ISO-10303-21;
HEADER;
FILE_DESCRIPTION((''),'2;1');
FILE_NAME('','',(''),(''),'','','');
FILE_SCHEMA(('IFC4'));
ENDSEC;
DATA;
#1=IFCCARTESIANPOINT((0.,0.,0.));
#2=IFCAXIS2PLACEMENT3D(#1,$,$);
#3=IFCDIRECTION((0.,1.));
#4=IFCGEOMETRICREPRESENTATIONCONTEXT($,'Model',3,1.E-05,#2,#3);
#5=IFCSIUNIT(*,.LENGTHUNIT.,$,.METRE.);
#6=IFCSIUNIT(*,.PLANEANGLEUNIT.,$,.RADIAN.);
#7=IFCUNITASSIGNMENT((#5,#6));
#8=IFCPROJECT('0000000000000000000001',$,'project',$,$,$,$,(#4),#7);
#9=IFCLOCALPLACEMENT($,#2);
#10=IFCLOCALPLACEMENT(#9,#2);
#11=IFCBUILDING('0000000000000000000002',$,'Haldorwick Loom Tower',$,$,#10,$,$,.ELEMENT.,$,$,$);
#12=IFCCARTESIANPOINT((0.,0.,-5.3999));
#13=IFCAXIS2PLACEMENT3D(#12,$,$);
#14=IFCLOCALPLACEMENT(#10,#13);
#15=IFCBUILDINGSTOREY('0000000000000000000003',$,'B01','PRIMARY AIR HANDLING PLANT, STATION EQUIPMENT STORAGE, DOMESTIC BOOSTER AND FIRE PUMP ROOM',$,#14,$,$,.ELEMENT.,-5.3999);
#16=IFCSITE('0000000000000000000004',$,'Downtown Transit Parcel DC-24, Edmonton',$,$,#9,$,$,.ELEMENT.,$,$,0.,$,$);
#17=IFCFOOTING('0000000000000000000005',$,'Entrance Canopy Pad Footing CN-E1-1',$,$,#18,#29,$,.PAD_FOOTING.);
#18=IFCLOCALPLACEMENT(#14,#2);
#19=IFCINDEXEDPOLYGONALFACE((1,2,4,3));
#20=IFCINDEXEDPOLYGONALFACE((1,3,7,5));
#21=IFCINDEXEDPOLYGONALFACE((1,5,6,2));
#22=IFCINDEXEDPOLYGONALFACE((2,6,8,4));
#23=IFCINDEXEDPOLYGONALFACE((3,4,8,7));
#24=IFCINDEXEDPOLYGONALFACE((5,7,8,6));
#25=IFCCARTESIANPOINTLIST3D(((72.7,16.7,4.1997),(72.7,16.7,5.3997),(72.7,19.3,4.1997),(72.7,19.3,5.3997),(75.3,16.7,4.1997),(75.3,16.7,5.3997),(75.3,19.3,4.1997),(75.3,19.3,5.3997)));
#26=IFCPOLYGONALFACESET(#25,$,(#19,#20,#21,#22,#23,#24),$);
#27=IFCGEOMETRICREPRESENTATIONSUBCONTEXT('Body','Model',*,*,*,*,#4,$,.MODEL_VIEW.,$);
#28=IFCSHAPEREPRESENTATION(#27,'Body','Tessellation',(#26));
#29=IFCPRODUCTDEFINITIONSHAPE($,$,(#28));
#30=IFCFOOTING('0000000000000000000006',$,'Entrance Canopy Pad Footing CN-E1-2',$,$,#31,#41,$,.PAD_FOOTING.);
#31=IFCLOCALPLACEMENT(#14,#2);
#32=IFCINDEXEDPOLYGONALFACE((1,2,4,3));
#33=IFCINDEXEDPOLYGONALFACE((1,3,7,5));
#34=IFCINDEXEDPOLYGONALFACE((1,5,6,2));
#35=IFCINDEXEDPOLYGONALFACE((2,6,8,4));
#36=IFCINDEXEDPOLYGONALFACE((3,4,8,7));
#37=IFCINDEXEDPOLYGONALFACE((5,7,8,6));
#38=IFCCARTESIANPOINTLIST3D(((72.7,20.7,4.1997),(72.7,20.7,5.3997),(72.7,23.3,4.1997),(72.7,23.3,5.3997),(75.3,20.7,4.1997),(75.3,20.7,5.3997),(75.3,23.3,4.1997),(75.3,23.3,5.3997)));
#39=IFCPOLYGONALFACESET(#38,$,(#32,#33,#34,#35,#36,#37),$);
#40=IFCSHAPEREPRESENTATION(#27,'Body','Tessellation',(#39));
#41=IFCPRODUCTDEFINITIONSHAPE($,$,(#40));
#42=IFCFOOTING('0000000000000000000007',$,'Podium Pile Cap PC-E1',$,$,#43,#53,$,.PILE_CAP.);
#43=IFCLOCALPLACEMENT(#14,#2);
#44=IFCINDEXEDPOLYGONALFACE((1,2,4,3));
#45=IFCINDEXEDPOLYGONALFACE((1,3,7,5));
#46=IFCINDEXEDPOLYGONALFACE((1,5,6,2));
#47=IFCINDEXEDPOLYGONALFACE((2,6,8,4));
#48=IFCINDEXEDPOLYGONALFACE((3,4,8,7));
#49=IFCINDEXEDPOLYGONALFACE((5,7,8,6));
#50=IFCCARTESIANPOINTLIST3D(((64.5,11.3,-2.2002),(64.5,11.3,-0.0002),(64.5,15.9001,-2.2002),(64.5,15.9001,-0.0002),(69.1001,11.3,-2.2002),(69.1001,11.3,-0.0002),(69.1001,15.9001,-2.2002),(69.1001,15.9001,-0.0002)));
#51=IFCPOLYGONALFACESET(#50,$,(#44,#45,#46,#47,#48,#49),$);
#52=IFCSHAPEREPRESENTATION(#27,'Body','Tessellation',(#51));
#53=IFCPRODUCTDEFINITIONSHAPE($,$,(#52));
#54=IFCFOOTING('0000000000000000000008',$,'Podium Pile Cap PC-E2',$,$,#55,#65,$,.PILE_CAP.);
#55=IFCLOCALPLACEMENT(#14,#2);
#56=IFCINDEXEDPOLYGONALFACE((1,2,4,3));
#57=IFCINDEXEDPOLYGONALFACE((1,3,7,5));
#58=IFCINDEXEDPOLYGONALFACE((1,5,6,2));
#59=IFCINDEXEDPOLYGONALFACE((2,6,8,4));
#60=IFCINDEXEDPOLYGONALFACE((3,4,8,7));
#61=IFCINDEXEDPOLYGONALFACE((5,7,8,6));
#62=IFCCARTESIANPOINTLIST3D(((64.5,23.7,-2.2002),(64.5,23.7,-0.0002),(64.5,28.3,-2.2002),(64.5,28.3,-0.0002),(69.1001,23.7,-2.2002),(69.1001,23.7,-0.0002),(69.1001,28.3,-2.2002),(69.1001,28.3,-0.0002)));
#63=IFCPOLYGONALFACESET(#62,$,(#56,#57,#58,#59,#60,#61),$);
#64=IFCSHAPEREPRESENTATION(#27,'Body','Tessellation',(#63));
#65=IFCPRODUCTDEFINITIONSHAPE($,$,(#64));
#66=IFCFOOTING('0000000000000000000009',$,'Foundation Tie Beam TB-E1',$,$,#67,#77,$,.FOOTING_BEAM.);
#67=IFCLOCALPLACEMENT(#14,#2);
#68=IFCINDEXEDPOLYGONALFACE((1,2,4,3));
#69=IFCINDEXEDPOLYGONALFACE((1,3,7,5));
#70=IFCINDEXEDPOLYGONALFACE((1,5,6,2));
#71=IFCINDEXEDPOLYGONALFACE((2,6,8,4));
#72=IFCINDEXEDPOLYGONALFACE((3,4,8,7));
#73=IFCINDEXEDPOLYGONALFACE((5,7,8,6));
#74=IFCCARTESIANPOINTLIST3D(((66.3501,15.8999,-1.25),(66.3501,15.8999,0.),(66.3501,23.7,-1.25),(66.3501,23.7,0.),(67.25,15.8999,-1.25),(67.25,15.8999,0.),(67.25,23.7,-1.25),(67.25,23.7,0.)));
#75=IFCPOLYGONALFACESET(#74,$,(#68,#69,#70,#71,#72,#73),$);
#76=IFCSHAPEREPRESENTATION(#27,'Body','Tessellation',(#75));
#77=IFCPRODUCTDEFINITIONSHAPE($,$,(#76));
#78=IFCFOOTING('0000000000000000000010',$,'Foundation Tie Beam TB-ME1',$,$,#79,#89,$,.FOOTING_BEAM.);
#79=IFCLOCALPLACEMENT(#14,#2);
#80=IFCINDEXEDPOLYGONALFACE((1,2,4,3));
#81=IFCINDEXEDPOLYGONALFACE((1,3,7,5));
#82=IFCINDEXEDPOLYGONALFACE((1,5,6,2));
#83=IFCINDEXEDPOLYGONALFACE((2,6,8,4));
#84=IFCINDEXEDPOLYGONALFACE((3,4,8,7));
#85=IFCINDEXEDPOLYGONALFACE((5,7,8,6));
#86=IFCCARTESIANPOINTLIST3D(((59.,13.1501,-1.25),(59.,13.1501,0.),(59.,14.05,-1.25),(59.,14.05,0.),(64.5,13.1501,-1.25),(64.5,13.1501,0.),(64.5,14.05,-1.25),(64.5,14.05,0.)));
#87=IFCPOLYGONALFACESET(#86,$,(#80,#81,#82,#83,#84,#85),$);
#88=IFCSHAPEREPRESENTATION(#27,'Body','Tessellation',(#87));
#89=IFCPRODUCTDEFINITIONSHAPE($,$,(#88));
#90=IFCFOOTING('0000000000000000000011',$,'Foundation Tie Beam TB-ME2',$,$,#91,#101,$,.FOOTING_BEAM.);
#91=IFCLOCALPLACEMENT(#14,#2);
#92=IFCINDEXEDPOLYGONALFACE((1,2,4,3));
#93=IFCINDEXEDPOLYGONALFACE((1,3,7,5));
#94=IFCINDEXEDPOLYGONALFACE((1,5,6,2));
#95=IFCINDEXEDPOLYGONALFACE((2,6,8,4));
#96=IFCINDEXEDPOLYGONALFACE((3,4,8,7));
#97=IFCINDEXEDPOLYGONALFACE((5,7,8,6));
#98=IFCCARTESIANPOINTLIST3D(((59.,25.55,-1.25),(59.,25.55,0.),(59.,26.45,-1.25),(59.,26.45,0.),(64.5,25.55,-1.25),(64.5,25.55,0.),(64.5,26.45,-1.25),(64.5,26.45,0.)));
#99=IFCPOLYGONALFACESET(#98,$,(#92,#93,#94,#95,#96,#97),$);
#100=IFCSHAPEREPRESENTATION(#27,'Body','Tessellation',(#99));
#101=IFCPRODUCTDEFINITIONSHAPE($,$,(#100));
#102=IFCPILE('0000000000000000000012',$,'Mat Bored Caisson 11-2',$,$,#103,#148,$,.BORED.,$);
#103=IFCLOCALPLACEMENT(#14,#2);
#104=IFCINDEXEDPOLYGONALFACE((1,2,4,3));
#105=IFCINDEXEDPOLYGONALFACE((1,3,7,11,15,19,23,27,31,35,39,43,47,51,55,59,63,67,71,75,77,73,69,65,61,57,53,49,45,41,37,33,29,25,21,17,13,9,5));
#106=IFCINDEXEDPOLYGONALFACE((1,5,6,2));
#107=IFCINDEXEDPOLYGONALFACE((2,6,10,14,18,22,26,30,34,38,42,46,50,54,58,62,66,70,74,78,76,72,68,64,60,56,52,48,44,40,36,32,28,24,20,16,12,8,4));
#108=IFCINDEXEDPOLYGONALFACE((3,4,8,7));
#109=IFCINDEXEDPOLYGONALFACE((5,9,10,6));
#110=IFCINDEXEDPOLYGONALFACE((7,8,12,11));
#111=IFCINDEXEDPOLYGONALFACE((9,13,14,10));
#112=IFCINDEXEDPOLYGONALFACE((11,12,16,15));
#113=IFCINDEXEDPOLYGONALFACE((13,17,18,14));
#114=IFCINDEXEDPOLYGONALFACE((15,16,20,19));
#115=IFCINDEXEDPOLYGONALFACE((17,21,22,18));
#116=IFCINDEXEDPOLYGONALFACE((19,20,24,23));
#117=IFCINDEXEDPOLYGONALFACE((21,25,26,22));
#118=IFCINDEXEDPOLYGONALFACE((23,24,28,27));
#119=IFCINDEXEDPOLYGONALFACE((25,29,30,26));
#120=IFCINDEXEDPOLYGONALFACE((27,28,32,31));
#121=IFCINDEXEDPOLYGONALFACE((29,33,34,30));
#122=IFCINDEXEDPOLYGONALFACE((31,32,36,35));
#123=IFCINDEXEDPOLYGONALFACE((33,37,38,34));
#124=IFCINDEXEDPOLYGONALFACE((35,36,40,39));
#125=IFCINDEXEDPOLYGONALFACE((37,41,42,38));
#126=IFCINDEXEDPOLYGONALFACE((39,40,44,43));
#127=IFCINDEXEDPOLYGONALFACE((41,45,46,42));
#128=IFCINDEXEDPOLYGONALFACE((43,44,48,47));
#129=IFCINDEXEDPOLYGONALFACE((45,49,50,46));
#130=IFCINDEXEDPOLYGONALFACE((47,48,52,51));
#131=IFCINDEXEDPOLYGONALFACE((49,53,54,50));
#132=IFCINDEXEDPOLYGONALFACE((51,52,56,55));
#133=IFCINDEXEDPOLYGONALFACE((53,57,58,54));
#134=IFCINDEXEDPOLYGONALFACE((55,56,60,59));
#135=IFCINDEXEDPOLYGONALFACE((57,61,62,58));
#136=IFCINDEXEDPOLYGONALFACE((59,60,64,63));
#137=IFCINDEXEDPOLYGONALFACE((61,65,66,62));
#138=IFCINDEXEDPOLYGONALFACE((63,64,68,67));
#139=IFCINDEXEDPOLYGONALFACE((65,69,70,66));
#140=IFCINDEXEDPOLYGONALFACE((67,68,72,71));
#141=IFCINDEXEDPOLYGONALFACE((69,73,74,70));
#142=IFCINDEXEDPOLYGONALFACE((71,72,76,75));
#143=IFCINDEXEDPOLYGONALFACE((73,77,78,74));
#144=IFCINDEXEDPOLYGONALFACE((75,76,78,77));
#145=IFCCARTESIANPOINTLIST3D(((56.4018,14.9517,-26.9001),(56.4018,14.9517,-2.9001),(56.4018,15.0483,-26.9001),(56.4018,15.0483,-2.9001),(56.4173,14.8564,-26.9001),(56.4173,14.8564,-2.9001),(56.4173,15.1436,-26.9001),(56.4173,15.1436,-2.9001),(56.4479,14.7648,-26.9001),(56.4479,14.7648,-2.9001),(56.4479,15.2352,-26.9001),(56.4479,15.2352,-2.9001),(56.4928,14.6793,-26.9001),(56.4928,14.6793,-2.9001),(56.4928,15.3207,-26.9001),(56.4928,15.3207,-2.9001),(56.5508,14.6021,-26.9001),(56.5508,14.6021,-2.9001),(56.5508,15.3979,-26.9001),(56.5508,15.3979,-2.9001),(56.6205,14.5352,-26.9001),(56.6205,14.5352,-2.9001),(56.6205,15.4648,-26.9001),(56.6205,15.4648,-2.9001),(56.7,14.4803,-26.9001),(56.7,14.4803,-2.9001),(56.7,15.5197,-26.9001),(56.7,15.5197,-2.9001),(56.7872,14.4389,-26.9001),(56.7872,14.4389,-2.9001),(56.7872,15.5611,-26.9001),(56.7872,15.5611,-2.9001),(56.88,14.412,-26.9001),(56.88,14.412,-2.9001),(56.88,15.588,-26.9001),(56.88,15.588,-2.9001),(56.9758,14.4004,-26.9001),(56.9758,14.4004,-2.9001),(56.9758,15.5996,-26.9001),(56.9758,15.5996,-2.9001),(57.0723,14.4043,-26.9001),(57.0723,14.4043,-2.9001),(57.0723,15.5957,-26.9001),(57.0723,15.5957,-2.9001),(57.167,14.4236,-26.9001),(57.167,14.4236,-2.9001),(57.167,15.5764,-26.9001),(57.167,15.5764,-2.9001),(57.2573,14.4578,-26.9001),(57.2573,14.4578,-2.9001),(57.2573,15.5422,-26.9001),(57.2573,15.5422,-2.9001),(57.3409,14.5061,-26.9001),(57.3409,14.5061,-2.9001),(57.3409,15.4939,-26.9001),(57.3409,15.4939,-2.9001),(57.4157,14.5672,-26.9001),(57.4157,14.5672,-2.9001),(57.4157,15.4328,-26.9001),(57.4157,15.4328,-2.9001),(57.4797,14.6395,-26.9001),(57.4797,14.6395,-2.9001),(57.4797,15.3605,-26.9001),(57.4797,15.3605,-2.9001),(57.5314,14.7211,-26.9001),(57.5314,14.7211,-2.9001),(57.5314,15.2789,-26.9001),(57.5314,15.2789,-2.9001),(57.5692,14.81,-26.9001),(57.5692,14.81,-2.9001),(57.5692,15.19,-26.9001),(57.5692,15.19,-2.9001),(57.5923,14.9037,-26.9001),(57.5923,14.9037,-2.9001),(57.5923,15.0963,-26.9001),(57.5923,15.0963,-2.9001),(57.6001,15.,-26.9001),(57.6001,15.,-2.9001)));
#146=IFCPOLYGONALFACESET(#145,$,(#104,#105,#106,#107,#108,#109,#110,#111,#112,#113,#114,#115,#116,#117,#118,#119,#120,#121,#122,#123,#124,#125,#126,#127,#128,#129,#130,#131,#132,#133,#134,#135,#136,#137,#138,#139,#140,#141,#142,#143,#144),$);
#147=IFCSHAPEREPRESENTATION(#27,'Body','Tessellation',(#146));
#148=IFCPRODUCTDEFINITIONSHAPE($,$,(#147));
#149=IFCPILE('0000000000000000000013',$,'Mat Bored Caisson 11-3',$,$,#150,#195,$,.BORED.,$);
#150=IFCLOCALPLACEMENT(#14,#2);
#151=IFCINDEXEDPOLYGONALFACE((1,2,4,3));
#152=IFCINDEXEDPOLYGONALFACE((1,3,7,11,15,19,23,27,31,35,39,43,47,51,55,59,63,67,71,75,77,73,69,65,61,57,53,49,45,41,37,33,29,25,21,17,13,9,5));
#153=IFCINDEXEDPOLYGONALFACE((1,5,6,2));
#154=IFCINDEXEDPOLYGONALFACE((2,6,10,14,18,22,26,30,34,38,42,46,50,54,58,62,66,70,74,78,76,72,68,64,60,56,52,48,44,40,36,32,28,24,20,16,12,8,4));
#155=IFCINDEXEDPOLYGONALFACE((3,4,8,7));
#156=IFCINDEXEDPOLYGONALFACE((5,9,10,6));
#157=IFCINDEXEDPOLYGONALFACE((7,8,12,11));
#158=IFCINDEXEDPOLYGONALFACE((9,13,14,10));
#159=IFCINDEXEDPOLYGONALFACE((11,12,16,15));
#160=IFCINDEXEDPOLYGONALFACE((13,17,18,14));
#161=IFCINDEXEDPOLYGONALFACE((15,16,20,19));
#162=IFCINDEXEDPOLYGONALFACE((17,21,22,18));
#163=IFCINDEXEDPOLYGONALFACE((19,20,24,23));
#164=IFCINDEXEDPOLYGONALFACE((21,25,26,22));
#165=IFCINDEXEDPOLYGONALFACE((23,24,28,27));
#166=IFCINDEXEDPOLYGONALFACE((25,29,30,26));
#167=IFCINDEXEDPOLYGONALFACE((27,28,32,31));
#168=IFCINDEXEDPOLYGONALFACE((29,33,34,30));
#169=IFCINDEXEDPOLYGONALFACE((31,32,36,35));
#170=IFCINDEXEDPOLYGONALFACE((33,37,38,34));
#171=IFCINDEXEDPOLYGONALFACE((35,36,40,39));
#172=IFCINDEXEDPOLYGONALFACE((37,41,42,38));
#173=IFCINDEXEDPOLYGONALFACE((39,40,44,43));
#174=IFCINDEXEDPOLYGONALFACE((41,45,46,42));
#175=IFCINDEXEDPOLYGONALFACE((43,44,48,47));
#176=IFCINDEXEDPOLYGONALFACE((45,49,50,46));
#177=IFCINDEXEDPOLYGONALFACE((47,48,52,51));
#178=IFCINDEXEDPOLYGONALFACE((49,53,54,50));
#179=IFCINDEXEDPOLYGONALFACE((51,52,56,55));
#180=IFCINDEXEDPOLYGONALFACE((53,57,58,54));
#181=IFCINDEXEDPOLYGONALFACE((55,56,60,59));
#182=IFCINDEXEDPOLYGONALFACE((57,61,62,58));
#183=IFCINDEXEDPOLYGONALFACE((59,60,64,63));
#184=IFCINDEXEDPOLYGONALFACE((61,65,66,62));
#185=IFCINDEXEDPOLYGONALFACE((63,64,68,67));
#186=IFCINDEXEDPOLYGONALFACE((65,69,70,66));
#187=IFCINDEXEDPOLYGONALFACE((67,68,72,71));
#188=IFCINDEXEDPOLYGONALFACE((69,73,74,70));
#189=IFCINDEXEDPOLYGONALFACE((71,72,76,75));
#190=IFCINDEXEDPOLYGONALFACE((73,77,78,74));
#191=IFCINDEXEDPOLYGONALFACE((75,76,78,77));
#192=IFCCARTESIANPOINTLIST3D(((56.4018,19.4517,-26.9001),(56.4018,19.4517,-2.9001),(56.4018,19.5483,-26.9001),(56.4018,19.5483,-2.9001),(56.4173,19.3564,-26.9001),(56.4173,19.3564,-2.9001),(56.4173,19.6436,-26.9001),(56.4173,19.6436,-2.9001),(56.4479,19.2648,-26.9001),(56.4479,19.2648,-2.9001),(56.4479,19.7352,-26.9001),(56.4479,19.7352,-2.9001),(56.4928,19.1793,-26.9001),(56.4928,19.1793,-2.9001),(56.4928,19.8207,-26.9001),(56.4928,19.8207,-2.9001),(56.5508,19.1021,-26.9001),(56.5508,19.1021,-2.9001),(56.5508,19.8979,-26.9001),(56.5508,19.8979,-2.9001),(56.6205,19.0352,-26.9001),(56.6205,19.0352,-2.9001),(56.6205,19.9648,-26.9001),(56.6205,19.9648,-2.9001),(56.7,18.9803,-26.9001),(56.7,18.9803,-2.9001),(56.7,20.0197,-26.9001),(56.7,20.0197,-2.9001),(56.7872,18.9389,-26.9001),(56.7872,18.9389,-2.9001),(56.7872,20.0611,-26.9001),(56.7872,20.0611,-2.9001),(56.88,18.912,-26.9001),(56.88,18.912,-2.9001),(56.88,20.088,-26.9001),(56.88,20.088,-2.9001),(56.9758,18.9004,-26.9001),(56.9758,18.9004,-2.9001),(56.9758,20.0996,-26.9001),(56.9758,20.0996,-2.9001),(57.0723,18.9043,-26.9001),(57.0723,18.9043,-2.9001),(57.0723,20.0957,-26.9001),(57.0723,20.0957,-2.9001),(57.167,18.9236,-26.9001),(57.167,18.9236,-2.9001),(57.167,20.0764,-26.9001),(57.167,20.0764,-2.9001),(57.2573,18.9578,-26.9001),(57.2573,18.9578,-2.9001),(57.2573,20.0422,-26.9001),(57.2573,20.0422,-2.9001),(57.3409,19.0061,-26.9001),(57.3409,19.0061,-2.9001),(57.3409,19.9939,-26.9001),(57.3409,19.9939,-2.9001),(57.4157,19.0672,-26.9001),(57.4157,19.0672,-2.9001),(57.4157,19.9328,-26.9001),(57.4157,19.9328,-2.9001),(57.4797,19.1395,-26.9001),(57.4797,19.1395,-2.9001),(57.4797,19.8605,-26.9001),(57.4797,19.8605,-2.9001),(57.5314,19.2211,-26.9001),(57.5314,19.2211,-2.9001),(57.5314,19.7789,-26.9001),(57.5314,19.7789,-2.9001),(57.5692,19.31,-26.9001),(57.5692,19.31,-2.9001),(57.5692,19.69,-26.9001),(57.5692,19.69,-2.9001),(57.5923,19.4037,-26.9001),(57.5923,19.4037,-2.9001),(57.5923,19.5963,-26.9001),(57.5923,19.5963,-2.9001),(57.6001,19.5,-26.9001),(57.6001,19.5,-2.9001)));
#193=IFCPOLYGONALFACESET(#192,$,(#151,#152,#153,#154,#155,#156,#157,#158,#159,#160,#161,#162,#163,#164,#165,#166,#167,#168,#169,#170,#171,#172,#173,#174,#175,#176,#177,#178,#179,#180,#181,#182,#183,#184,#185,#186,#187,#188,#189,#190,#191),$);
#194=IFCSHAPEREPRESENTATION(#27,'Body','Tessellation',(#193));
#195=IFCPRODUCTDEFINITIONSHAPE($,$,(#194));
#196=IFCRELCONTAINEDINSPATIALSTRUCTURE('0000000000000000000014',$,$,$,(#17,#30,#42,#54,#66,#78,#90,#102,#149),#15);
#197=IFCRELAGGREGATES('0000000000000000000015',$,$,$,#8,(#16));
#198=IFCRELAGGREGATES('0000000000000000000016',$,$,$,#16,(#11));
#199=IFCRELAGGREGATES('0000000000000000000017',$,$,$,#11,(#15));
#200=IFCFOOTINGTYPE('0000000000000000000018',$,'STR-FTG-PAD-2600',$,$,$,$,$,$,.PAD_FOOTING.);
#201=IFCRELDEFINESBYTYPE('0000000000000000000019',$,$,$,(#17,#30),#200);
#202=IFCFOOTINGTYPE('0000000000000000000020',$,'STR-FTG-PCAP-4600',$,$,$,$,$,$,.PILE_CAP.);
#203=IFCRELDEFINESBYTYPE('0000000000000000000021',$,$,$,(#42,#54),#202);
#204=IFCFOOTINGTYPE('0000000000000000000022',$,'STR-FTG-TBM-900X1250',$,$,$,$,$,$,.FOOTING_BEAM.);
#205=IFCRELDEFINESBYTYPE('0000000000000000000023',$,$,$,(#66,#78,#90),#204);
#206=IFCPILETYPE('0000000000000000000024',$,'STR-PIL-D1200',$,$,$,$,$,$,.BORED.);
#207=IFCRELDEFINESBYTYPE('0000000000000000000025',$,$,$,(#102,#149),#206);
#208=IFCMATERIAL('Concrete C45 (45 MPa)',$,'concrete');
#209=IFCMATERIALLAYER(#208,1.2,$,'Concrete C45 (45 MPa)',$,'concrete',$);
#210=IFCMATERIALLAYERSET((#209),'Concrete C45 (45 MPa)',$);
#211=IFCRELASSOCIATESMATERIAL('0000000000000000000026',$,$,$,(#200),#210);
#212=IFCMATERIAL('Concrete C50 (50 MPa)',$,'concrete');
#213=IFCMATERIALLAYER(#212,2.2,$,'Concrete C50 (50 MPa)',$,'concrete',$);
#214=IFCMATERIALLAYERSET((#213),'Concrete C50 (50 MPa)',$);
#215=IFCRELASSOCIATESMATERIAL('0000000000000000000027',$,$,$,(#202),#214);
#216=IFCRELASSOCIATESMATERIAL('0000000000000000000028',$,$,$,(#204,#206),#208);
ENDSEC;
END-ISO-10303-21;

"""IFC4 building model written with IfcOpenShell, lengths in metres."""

from ifc_helpers import new_model, si_unit, direction, frame, origin, origin_2d, place, context, subcontext, project, spatial, rectangle, circle, extrude, material, layer, layer_set, material_profile, profile_set, type_object, element, save


model = new_model("IFC4")

# Units and contexts
model_context = context("Model", 3, precision=1e-05, world=origin(), true_north=direction((0.0, 1.0)))
body_context = subcontext(model_context, "Body", "Model", "MODEL_VIEW")
ifc_project = project(units=[si_unit("LENGTHUNIT", "METRE"), si_unit("PLANEANGLEUNIT", "RADIAN")], contexts=[model_context])

# Site, building, storey
site_placement = place(None, origin())
site = spatial("IfcSite", under=ifc_project, at=site_placement, Name="Downtown Transit Parcel DC-24, Edmonton", CompositionType="ELEMENT", RefElevation=0.0)
building_placement = place(site_placement, origin())
building = spatial("IfcBuilding", under=site, at=building_placement, Name="Haldorwick Loom Tower", CompositionType="ELEMENT")
storey_placement = place(building_placement, frame((0.0, 0.0, -5.3999)))
storey = spatial("IfcBuildingStorey", under=building, at=storey_placement, Name="B01", Description="PRIMARY AIR HANDLING PLANT, STATION EQUIPMENT STORAGE, DOMESTIC BOOSTER AND FIRE PUMP ROOM", CompositionType="ELEMENT", Elevation=-5.3999)

# Footings
ifc_material_1 = material(Name="Concrete C45 (45 MPa)", Category="concrete")
ifc_layer_1 = layer(ifc_material_1, 1.2, Name="Concrete C45 (45 MPa)", Category="concrete")
ifc_layer_set_1 = layer_set([ifc_layer_1], Name="Concrete C45 (45 MPa)")
footing_type_1 = type_object("IfcFootingType", Name="STR-FTG-PAD-2600", PredefinedType="PAD_FOOTING", material=ifc_layer_set_1)
for number, where, z_axis, x_axis, name in (
    (1, (74.0, 18.0, 4.1997), (0.0, 0.0, 1.0), (1.0, 0.0, 0.0), "Entrance Canopy Pad Footing CN-E1-1"),
    (2, (74.0, 22.0, 4.1997), (0.0, 0.0, 1.0), (1.0, 0.0, 0.0), "Entrance Canopy Pad Footing CN-E1-2"),
):
    element("IfcFooting", number, at=place(storey_placement, frame(where, z_axis=z_axis, x_axis=x_axis)), inside=storey, type_object=footing_type_1, Name=name, PredefinedType="PAD_FOOTING", context=body_context, shape_type="SweptSolid", body=[
        extrude(rectangle(XDim=2.6001, YDim=2.6001, at=origin_2d()), origin(), (0.0, 0.0, 1.0), 1.2),
    ])
ifc_material_2 = material(Name="Concrete C50 (50 MPa)", Category="concrete")
ifc_layer_2 = layer(ifc_material_2, 2.2, Name="Concrete C50 (50 MPa)", Category="concrete")
ifc_layer_set_2 = layer_set([ifc_layer_2], Name="Concrete C50 (50 MPa)")
footing_type_2 = type_object("IfcFootingType", Name="STR-FTG-PCAP-4600", PredefinedType="PILE_CAP", material=ifc_layer_set_2)
for number, where, z_axis, x_axis, name in (
    (3, (66.8, 13.6001, -2.2002), (0.0, 0.0, 1.0), (1.0, 0.0, 0.0), "Podium Pile Cap PC-E1"),
    (4, (66.8, 26.0, -2.2002), (0.0, 0.0, 1.0), (1.0, 0.0, 0.0), "Podium Pile Cap PC-E2"),
):
    element("IfcFooting", number, at=place(storey_placement, frame(where, z_axis=z_axis, x_axis=x_axis)), inside=storey, type_object=footing_type_2, Name=name, PredefinedType="PILE_CAP", context=body_context, shape_type="SweptSolid", body=[
        extrude(rectangle(XDim=4.6001, YDim=4.6001, at=origin_2d()), origin(), (0.0, 0.0, 1.0), 2.2),
    ])
ifc_material_profile_1 = material_profile(ifc_material_1, rectangle(XDim=0.8999, YDim=1.25, at=origin_2d()), Name="RC900X1250", Category="concrete")
ifc_profile_set_1 = profile_set([ifc_material_profile_1], Name="Concrete C45 (45 MPa)")
footing_type_3 = type_object("IfcFootingType", Name="STR-FTG-TBM-900X1250", PredefinedType="FOOTING_BEAM", material=ifc_profile_set_1)
footing_placement = place(storey_placement, frame((66.8, 15.8999, -0.625), z_axis=(0.0, 1.0, 0.0), x_axis=(-1.0, 0.0, 0.0)))
element("IfcFooting", 5, at=footing_placement, inside=storey, type_object=footing_type_3, Name="Foundation Tie Beam TB-E1", PredefinedType="FOOTING_BEAM", context=body_context, shape_type="SweptSolid", body=[
    extrude(rectangle(XDim=0.8999, YDim=1.25, at=origin_2d()), origin(), (0.0, 0.0, 1.0), 7.8),
])
for number, where, z_axis, x_axis, name in (
    (6, (59.0, 13.6001, -0.625), (1.0, 0.0, 0.0), (0.0, 1.0, 0.0), "Foundation Tie Beam TB-ME1"),
    (7, (59.0, 26.0, -0.625), (1.0, 0.0, 0.0), (0.0, 1.0, 0.0), "Foundation Tie Beam TB-ME2"),
):
    element("IfcFooting", number, at=place(storey_placement, frame(where, z_axis=z_axis, x_axis=x_axis)), inside=storey, type_object=footing_type_3, Name=name, PredefinedType="FOOTING_BEAM", context=body_context, shape_type="SweptSolid", body=[
        extrude(rectangle(XDim=0.8999, YDim=1.25, at=origin_2d()), origin(), (0.0, 0.0, 1.0), 5.5),
    ])

# Piles
ifc_material_profile_2 = material_profile(ifc_material_1, circle(Radius=0.6001, at=origin_2d()), Name="CAISSON_D1200", Category="concrete")
ifc_profile_set_2 = profile_set([ifc_material_profile_2], Name="Concrete C45 (45 MPa)")
pile_type = type_object("IfcPileType", Name="STR-PIL-D1200", PredefinedType="BORED", material=ifc_profile_set_2)
for number, where, z_axis, x_axis, name in (
    (8, (57.0, 15.0, -2.9001), (0.0, 0.0, -1.0), (1.0, 0.0, 0.0), "Mat Bored Caisson 11-2"),
    (9, (57.0, 19.5, -2.9001), (0.0, 0.0, -1.0), (1.0, 0.0, 0.0), "Mat Bored Caisson 11-3"),
):
    element("IfcPile", number, at=place(storey_placement, frame(where, z_axis=z_axis, x_axis=x_axis)), inside=storey, type_object=pile_type, Name=name, PredefinedType="BORED", context=body_context, shape_type="SweptSolid", body=[
        extrude(circle(Radius=0.6001, at=origin_2d()), origin(), (0.0, 0.0, 1.0), 24.0),
    ])

save(model, "model.ifc")
